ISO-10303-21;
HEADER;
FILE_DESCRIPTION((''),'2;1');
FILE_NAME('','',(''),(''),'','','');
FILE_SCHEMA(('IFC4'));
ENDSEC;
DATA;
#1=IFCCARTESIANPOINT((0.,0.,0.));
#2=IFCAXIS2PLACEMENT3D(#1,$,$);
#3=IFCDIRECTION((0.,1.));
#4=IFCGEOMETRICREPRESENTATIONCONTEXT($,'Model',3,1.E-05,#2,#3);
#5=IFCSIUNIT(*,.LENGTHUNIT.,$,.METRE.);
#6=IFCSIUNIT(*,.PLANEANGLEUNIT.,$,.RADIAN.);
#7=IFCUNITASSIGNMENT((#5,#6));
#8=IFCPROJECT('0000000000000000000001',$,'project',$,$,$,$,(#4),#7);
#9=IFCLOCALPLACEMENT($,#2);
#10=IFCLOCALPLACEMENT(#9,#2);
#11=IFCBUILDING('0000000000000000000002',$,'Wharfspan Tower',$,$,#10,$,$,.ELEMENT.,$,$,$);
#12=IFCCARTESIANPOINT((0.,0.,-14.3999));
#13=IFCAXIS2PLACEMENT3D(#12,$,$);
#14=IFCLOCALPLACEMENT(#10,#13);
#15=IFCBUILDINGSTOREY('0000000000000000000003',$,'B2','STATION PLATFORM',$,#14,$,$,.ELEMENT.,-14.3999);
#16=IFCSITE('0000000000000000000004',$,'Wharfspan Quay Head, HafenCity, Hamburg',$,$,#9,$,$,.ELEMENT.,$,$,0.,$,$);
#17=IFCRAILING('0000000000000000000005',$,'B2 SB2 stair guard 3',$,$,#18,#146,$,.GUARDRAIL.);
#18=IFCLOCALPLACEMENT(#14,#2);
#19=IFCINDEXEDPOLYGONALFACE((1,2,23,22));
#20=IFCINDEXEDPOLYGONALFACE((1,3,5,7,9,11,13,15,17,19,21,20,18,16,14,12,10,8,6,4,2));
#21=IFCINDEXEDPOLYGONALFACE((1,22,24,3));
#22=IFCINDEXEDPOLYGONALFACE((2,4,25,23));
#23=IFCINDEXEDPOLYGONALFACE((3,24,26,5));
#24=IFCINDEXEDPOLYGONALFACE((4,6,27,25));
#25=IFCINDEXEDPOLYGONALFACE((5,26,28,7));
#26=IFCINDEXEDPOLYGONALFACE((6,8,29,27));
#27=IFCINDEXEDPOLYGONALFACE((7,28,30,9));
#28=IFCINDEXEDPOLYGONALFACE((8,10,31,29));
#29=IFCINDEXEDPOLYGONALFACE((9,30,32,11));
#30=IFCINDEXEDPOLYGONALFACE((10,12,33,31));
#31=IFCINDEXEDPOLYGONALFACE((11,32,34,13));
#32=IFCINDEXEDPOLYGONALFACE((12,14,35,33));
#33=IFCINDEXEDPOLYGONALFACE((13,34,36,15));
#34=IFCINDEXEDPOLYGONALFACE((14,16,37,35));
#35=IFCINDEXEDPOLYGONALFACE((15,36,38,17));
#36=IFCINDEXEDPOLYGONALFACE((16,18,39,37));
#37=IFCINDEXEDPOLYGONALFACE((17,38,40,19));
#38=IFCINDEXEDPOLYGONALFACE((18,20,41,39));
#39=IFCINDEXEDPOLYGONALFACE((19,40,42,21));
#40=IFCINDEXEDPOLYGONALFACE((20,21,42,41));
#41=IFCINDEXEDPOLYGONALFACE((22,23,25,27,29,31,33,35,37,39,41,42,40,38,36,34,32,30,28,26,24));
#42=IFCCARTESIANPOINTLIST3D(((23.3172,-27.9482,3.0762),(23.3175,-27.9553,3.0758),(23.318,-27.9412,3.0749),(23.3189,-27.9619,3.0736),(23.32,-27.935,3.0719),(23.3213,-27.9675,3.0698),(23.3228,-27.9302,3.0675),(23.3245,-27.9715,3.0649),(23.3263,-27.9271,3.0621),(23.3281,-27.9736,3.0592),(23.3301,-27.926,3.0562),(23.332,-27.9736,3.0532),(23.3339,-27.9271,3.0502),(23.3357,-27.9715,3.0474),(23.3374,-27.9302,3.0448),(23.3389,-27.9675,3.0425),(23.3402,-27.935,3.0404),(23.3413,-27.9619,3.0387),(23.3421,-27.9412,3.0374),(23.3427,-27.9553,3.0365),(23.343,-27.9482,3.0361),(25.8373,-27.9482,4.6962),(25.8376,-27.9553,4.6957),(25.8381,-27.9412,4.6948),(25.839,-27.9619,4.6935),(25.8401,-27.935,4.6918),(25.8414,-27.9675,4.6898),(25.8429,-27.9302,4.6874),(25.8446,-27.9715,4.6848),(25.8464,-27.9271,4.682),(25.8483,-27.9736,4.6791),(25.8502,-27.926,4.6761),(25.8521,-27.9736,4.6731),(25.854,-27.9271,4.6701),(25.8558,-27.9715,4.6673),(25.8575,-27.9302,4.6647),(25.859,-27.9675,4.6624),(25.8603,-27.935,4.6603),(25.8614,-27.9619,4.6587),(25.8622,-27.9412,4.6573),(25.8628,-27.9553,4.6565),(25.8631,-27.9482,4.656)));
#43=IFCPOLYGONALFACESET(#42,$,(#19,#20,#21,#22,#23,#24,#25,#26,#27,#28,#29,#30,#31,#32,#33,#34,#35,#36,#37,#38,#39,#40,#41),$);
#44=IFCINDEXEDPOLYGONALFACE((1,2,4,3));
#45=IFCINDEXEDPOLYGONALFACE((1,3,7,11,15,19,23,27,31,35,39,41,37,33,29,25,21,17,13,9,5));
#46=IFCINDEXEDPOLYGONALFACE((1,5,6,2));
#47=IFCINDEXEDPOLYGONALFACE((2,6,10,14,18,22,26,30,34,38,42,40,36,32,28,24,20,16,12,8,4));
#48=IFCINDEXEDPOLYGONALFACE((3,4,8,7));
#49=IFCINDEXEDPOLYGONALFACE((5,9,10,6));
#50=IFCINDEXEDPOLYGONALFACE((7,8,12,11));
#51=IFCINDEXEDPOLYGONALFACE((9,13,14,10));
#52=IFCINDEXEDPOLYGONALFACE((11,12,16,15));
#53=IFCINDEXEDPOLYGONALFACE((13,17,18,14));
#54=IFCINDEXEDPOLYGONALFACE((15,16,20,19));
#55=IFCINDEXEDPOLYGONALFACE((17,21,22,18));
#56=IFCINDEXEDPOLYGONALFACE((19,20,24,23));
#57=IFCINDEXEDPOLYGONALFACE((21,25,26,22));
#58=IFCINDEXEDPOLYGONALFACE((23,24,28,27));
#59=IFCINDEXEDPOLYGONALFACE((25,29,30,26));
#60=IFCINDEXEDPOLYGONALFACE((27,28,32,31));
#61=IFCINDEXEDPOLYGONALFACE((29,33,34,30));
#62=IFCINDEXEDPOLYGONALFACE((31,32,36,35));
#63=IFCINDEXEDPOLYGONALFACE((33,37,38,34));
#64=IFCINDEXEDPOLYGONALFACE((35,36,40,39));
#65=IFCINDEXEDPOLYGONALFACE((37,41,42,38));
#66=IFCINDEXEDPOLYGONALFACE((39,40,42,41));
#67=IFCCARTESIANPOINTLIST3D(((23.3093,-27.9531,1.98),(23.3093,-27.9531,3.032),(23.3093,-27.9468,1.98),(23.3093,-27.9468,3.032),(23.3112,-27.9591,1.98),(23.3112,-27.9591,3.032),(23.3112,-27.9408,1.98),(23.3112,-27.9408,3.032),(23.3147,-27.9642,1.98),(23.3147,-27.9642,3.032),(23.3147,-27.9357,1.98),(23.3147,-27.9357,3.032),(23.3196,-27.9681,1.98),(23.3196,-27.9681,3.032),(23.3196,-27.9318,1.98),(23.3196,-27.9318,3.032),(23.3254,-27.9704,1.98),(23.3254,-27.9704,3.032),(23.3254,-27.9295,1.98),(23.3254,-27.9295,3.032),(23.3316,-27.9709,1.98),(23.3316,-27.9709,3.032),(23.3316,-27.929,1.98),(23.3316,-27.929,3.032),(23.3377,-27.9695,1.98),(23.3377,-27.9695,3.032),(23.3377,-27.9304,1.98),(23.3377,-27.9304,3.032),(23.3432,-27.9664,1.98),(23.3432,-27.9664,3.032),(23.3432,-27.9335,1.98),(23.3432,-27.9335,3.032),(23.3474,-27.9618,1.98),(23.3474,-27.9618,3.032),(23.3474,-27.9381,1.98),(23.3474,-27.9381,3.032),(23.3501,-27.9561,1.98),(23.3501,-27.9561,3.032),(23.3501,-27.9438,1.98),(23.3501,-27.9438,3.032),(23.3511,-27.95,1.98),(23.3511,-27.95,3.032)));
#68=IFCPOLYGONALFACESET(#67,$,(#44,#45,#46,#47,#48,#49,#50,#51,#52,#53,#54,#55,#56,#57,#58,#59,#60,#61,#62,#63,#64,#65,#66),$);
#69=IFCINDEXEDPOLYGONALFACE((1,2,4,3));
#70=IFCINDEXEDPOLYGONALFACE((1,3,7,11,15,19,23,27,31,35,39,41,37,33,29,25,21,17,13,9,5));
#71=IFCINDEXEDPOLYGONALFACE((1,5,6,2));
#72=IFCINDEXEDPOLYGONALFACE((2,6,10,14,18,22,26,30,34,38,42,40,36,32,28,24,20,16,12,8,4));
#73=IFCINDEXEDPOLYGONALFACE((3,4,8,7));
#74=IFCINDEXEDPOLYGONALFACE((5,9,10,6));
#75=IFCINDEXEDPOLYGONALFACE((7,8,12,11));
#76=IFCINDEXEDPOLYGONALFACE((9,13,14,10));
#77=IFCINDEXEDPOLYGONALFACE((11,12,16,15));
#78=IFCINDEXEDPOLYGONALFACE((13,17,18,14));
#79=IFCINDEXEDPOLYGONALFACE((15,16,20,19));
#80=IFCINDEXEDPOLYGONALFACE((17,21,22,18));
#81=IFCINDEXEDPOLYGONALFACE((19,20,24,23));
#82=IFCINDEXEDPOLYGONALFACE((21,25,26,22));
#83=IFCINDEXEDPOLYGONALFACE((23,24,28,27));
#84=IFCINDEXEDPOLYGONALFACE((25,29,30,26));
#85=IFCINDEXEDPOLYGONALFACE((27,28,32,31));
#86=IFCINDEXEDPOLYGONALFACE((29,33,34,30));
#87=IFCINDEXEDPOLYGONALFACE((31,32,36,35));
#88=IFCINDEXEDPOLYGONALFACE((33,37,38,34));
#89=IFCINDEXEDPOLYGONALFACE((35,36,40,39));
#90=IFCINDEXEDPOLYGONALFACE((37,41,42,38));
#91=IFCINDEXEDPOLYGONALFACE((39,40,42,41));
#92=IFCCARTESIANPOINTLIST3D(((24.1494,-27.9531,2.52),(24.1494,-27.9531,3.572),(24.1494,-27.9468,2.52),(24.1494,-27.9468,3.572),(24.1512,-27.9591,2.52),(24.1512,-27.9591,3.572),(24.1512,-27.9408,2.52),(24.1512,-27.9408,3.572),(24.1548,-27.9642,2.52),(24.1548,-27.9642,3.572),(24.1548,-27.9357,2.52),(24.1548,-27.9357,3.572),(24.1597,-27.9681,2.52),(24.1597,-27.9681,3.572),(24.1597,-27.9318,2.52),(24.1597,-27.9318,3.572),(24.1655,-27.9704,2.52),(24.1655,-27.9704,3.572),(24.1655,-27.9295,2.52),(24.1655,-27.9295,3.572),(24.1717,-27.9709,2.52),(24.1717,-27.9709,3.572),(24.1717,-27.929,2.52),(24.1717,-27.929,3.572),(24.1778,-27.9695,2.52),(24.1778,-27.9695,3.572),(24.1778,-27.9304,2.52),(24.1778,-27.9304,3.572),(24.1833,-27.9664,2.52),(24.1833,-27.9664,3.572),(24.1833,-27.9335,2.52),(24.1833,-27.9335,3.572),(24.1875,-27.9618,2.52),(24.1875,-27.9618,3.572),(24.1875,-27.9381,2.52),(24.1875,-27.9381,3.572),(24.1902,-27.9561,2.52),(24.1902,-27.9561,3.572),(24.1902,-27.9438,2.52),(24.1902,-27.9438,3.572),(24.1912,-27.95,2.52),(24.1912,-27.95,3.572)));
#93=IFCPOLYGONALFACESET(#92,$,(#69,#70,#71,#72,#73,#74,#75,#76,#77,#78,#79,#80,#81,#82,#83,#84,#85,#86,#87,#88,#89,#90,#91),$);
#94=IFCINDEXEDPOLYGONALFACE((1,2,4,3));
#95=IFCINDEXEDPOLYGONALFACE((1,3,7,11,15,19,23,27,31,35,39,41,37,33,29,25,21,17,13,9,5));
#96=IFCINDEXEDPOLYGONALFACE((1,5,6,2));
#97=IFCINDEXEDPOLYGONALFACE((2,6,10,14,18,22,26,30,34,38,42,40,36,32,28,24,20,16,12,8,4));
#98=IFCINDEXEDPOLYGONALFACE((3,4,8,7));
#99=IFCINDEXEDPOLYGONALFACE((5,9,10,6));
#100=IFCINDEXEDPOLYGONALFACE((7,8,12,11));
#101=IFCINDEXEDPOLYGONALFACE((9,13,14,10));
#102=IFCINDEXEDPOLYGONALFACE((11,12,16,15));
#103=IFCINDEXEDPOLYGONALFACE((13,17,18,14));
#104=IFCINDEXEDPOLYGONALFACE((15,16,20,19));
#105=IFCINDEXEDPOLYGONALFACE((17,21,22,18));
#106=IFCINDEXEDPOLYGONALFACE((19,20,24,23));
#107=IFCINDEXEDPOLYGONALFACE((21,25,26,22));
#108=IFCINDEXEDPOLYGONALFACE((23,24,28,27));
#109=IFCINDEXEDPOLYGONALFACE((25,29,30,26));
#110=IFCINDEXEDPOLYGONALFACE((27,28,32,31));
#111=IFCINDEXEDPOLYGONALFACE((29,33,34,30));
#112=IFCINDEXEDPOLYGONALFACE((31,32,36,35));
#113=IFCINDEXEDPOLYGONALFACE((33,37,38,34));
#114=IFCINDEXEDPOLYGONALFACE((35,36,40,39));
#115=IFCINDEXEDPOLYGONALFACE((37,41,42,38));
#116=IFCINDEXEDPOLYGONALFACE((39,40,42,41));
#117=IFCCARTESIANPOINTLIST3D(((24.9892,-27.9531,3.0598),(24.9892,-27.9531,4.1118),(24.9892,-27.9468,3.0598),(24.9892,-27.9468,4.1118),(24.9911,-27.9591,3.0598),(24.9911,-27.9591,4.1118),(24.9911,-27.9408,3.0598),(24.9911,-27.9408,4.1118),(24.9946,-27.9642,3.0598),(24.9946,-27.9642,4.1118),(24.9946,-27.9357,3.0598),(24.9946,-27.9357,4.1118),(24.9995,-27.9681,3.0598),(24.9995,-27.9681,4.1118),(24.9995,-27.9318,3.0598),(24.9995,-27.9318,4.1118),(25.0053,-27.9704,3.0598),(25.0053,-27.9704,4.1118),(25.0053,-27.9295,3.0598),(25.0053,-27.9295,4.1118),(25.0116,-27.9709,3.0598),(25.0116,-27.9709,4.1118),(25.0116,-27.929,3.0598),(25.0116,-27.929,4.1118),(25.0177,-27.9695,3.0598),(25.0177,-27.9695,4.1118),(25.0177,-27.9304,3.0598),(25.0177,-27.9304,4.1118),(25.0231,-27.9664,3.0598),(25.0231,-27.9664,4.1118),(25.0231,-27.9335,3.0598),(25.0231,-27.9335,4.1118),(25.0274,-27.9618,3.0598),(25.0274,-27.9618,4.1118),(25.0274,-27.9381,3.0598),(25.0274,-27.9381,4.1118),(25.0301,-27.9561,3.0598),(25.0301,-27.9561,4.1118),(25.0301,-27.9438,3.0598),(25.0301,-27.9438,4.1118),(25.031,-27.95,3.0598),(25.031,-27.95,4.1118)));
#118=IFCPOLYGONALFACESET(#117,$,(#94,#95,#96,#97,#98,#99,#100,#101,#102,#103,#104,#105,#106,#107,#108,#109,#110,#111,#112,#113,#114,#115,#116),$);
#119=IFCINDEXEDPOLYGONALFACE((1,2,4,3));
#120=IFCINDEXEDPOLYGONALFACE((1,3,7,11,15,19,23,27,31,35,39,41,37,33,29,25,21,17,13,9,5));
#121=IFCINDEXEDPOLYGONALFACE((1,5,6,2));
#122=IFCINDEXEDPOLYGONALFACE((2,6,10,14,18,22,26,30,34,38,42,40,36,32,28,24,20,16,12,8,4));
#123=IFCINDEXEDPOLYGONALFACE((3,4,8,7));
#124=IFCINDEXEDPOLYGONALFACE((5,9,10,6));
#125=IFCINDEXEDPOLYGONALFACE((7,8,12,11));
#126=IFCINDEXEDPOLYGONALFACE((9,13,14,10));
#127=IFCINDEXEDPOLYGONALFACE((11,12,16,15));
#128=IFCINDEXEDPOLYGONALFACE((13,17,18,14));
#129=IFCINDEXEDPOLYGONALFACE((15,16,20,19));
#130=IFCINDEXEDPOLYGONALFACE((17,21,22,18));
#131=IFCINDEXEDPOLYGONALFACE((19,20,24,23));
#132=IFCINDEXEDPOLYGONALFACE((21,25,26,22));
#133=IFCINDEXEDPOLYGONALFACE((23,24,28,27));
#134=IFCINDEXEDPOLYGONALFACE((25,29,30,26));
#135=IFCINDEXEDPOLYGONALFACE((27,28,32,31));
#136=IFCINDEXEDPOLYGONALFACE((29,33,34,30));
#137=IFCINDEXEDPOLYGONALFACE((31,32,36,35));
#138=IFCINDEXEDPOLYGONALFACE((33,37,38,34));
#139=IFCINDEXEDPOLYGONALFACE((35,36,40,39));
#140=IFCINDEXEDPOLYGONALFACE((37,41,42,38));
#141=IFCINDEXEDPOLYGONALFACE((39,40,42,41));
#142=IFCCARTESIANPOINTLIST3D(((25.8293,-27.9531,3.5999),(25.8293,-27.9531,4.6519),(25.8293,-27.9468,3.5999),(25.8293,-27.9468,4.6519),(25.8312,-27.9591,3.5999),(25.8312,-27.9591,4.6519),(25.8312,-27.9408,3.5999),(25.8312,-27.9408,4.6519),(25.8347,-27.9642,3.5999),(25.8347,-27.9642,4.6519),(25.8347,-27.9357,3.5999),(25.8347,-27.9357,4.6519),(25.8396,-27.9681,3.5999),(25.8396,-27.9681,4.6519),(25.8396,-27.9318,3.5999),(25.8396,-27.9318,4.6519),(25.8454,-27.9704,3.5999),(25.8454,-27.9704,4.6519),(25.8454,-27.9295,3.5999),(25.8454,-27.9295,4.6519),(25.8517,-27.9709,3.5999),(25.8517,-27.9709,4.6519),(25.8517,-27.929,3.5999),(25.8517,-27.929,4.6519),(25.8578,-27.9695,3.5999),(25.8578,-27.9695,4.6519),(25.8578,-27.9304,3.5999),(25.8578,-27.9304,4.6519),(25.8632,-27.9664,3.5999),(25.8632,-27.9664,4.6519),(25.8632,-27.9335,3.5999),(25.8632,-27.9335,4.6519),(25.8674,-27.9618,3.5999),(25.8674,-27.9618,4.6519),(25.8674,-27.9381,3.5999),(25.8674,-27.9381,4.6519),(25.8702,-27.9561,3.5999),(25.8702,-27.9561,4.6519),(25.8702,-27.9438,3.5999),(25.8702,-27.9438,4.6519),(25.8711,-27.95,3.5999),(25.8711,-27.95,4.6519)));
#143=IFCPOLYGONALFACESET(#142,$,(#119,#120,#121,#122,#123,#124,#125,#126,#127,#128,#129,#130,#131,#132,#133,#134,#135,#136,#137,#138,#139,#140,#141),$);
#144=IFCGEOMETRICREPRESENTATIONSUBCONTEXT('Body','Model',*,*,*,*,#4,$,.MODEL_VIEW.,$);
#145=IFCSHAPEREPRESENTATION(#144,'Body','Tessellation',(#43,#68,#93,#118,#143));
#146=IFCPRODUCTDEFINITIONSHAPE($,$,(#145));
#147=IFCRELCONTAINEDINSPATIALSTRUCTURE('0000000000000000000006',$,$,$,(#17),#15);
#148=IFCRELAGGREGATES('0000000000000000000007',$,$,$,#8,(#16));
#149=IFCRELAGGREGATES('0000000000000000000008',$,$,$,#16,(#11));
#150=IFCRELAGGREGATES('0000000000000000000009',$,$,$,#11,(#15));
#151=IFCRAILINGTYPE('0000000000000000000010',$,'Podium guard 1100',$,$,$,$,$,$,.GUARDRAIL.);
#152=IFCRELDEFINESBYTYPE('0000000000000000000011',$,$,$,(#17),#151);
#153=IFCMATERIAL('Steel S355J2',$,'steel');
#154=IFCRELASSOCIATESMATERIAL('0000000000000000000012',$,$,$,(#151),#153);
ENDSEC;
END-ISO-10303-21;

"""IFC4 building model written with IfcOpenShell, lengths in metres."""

from ifc_helpers import new_model, si_unit, direction, frame, origin, origin_2d, place, context, subcontext, project, spatial, circle, extrude, material, type_object, element, save


model = new_model("IFC4")

# Units and contexts
model_context = context("Model", 3, precision=1e-05, world=origin(), true_north=direction((0.0, 1.0)))
body_context = subcontext(model_context, "Body", "Model", "MODEL_VIEW")
ifc_project = project(units=[si_unit("LENGTHUNIT", "METRE"), si_unit("PLANEANGLEUNIT", "RADIAN")], contexts=[model_context])

# Site, building, storey
site_placement = place(None, origin())
site = spatial("IfcSite", under=ifc_project, at=site_placement, Name="Wharfspan Quay Head, HafenCity, Hamburg", CompositionType="ELEMENT", RefElevation=0.0)
building_placement = place(site_placement, origin())
building = spatial("IfcBuilding", under=site, at=building_placement, Name="Wharfspan Tower", CompositionType="ELEMENT")
storey_placement = place(building_placement, frame((0.0, 0.0, -14.3999)))
storey = spatial("IfcBuildingStorey", under=building, at=storey_placement, Name="B2", Description="STATION PLATFORM", CompositionType="ELEMENT", Elevation=-14.3999)

# Railing
ifc_material_1 = material(Name="Steel S355J2", Category="steel")
railing_type_1 = type_object("IfcRailingType", Name="Podium guard 1100", PredefinedType="GUARDRAIL", material=ifc_material_1)
railing_1_placement = place(storey_placement, frame((23.3301, -27.95, 1.98)))
element("IfcRailing", 1, at=railing_1_placement, inside=storey, type_object=railing_type_1, Name="B2 SB2 stair guard 3", PredefinedType="GUARDRAIL", context=body_context, shape_type="SweptSolid", body=[
    extrude(circle(Radius=0.0239, at=origin_2d()), frame((0.0, 0.0, 1.0762), z_axis=(0.8412, 0.0, 0.540725), x_axis=(0.0, 1.0, 0.0)), (0.0, 0.0, 1.0), 2.9958),
    extrude(circle(Radius=0.021, at=origin_2d()), origin(), (0.0, 0.0, 1.0), 1.052),
    extrude(circle(Radius=0.021, at=origin_2d()), frame((0.8401, 0.0, 0.54)), (0.0, 0.0, 1.0), 1.052),
    extrude(circle(Radius=0.021, at=origin_2d()), frame((1.6799, 0.0, 1.0798)), (0.0, 0.0, 1.0), 1.052),
    extrude(circle(Radius=0.021, at=origin_2d()), frame((2.52, 0.0, 1.6199)), (0.0, 0.0, 1.0), 1.052),
])

save(model, "model.ifc")
